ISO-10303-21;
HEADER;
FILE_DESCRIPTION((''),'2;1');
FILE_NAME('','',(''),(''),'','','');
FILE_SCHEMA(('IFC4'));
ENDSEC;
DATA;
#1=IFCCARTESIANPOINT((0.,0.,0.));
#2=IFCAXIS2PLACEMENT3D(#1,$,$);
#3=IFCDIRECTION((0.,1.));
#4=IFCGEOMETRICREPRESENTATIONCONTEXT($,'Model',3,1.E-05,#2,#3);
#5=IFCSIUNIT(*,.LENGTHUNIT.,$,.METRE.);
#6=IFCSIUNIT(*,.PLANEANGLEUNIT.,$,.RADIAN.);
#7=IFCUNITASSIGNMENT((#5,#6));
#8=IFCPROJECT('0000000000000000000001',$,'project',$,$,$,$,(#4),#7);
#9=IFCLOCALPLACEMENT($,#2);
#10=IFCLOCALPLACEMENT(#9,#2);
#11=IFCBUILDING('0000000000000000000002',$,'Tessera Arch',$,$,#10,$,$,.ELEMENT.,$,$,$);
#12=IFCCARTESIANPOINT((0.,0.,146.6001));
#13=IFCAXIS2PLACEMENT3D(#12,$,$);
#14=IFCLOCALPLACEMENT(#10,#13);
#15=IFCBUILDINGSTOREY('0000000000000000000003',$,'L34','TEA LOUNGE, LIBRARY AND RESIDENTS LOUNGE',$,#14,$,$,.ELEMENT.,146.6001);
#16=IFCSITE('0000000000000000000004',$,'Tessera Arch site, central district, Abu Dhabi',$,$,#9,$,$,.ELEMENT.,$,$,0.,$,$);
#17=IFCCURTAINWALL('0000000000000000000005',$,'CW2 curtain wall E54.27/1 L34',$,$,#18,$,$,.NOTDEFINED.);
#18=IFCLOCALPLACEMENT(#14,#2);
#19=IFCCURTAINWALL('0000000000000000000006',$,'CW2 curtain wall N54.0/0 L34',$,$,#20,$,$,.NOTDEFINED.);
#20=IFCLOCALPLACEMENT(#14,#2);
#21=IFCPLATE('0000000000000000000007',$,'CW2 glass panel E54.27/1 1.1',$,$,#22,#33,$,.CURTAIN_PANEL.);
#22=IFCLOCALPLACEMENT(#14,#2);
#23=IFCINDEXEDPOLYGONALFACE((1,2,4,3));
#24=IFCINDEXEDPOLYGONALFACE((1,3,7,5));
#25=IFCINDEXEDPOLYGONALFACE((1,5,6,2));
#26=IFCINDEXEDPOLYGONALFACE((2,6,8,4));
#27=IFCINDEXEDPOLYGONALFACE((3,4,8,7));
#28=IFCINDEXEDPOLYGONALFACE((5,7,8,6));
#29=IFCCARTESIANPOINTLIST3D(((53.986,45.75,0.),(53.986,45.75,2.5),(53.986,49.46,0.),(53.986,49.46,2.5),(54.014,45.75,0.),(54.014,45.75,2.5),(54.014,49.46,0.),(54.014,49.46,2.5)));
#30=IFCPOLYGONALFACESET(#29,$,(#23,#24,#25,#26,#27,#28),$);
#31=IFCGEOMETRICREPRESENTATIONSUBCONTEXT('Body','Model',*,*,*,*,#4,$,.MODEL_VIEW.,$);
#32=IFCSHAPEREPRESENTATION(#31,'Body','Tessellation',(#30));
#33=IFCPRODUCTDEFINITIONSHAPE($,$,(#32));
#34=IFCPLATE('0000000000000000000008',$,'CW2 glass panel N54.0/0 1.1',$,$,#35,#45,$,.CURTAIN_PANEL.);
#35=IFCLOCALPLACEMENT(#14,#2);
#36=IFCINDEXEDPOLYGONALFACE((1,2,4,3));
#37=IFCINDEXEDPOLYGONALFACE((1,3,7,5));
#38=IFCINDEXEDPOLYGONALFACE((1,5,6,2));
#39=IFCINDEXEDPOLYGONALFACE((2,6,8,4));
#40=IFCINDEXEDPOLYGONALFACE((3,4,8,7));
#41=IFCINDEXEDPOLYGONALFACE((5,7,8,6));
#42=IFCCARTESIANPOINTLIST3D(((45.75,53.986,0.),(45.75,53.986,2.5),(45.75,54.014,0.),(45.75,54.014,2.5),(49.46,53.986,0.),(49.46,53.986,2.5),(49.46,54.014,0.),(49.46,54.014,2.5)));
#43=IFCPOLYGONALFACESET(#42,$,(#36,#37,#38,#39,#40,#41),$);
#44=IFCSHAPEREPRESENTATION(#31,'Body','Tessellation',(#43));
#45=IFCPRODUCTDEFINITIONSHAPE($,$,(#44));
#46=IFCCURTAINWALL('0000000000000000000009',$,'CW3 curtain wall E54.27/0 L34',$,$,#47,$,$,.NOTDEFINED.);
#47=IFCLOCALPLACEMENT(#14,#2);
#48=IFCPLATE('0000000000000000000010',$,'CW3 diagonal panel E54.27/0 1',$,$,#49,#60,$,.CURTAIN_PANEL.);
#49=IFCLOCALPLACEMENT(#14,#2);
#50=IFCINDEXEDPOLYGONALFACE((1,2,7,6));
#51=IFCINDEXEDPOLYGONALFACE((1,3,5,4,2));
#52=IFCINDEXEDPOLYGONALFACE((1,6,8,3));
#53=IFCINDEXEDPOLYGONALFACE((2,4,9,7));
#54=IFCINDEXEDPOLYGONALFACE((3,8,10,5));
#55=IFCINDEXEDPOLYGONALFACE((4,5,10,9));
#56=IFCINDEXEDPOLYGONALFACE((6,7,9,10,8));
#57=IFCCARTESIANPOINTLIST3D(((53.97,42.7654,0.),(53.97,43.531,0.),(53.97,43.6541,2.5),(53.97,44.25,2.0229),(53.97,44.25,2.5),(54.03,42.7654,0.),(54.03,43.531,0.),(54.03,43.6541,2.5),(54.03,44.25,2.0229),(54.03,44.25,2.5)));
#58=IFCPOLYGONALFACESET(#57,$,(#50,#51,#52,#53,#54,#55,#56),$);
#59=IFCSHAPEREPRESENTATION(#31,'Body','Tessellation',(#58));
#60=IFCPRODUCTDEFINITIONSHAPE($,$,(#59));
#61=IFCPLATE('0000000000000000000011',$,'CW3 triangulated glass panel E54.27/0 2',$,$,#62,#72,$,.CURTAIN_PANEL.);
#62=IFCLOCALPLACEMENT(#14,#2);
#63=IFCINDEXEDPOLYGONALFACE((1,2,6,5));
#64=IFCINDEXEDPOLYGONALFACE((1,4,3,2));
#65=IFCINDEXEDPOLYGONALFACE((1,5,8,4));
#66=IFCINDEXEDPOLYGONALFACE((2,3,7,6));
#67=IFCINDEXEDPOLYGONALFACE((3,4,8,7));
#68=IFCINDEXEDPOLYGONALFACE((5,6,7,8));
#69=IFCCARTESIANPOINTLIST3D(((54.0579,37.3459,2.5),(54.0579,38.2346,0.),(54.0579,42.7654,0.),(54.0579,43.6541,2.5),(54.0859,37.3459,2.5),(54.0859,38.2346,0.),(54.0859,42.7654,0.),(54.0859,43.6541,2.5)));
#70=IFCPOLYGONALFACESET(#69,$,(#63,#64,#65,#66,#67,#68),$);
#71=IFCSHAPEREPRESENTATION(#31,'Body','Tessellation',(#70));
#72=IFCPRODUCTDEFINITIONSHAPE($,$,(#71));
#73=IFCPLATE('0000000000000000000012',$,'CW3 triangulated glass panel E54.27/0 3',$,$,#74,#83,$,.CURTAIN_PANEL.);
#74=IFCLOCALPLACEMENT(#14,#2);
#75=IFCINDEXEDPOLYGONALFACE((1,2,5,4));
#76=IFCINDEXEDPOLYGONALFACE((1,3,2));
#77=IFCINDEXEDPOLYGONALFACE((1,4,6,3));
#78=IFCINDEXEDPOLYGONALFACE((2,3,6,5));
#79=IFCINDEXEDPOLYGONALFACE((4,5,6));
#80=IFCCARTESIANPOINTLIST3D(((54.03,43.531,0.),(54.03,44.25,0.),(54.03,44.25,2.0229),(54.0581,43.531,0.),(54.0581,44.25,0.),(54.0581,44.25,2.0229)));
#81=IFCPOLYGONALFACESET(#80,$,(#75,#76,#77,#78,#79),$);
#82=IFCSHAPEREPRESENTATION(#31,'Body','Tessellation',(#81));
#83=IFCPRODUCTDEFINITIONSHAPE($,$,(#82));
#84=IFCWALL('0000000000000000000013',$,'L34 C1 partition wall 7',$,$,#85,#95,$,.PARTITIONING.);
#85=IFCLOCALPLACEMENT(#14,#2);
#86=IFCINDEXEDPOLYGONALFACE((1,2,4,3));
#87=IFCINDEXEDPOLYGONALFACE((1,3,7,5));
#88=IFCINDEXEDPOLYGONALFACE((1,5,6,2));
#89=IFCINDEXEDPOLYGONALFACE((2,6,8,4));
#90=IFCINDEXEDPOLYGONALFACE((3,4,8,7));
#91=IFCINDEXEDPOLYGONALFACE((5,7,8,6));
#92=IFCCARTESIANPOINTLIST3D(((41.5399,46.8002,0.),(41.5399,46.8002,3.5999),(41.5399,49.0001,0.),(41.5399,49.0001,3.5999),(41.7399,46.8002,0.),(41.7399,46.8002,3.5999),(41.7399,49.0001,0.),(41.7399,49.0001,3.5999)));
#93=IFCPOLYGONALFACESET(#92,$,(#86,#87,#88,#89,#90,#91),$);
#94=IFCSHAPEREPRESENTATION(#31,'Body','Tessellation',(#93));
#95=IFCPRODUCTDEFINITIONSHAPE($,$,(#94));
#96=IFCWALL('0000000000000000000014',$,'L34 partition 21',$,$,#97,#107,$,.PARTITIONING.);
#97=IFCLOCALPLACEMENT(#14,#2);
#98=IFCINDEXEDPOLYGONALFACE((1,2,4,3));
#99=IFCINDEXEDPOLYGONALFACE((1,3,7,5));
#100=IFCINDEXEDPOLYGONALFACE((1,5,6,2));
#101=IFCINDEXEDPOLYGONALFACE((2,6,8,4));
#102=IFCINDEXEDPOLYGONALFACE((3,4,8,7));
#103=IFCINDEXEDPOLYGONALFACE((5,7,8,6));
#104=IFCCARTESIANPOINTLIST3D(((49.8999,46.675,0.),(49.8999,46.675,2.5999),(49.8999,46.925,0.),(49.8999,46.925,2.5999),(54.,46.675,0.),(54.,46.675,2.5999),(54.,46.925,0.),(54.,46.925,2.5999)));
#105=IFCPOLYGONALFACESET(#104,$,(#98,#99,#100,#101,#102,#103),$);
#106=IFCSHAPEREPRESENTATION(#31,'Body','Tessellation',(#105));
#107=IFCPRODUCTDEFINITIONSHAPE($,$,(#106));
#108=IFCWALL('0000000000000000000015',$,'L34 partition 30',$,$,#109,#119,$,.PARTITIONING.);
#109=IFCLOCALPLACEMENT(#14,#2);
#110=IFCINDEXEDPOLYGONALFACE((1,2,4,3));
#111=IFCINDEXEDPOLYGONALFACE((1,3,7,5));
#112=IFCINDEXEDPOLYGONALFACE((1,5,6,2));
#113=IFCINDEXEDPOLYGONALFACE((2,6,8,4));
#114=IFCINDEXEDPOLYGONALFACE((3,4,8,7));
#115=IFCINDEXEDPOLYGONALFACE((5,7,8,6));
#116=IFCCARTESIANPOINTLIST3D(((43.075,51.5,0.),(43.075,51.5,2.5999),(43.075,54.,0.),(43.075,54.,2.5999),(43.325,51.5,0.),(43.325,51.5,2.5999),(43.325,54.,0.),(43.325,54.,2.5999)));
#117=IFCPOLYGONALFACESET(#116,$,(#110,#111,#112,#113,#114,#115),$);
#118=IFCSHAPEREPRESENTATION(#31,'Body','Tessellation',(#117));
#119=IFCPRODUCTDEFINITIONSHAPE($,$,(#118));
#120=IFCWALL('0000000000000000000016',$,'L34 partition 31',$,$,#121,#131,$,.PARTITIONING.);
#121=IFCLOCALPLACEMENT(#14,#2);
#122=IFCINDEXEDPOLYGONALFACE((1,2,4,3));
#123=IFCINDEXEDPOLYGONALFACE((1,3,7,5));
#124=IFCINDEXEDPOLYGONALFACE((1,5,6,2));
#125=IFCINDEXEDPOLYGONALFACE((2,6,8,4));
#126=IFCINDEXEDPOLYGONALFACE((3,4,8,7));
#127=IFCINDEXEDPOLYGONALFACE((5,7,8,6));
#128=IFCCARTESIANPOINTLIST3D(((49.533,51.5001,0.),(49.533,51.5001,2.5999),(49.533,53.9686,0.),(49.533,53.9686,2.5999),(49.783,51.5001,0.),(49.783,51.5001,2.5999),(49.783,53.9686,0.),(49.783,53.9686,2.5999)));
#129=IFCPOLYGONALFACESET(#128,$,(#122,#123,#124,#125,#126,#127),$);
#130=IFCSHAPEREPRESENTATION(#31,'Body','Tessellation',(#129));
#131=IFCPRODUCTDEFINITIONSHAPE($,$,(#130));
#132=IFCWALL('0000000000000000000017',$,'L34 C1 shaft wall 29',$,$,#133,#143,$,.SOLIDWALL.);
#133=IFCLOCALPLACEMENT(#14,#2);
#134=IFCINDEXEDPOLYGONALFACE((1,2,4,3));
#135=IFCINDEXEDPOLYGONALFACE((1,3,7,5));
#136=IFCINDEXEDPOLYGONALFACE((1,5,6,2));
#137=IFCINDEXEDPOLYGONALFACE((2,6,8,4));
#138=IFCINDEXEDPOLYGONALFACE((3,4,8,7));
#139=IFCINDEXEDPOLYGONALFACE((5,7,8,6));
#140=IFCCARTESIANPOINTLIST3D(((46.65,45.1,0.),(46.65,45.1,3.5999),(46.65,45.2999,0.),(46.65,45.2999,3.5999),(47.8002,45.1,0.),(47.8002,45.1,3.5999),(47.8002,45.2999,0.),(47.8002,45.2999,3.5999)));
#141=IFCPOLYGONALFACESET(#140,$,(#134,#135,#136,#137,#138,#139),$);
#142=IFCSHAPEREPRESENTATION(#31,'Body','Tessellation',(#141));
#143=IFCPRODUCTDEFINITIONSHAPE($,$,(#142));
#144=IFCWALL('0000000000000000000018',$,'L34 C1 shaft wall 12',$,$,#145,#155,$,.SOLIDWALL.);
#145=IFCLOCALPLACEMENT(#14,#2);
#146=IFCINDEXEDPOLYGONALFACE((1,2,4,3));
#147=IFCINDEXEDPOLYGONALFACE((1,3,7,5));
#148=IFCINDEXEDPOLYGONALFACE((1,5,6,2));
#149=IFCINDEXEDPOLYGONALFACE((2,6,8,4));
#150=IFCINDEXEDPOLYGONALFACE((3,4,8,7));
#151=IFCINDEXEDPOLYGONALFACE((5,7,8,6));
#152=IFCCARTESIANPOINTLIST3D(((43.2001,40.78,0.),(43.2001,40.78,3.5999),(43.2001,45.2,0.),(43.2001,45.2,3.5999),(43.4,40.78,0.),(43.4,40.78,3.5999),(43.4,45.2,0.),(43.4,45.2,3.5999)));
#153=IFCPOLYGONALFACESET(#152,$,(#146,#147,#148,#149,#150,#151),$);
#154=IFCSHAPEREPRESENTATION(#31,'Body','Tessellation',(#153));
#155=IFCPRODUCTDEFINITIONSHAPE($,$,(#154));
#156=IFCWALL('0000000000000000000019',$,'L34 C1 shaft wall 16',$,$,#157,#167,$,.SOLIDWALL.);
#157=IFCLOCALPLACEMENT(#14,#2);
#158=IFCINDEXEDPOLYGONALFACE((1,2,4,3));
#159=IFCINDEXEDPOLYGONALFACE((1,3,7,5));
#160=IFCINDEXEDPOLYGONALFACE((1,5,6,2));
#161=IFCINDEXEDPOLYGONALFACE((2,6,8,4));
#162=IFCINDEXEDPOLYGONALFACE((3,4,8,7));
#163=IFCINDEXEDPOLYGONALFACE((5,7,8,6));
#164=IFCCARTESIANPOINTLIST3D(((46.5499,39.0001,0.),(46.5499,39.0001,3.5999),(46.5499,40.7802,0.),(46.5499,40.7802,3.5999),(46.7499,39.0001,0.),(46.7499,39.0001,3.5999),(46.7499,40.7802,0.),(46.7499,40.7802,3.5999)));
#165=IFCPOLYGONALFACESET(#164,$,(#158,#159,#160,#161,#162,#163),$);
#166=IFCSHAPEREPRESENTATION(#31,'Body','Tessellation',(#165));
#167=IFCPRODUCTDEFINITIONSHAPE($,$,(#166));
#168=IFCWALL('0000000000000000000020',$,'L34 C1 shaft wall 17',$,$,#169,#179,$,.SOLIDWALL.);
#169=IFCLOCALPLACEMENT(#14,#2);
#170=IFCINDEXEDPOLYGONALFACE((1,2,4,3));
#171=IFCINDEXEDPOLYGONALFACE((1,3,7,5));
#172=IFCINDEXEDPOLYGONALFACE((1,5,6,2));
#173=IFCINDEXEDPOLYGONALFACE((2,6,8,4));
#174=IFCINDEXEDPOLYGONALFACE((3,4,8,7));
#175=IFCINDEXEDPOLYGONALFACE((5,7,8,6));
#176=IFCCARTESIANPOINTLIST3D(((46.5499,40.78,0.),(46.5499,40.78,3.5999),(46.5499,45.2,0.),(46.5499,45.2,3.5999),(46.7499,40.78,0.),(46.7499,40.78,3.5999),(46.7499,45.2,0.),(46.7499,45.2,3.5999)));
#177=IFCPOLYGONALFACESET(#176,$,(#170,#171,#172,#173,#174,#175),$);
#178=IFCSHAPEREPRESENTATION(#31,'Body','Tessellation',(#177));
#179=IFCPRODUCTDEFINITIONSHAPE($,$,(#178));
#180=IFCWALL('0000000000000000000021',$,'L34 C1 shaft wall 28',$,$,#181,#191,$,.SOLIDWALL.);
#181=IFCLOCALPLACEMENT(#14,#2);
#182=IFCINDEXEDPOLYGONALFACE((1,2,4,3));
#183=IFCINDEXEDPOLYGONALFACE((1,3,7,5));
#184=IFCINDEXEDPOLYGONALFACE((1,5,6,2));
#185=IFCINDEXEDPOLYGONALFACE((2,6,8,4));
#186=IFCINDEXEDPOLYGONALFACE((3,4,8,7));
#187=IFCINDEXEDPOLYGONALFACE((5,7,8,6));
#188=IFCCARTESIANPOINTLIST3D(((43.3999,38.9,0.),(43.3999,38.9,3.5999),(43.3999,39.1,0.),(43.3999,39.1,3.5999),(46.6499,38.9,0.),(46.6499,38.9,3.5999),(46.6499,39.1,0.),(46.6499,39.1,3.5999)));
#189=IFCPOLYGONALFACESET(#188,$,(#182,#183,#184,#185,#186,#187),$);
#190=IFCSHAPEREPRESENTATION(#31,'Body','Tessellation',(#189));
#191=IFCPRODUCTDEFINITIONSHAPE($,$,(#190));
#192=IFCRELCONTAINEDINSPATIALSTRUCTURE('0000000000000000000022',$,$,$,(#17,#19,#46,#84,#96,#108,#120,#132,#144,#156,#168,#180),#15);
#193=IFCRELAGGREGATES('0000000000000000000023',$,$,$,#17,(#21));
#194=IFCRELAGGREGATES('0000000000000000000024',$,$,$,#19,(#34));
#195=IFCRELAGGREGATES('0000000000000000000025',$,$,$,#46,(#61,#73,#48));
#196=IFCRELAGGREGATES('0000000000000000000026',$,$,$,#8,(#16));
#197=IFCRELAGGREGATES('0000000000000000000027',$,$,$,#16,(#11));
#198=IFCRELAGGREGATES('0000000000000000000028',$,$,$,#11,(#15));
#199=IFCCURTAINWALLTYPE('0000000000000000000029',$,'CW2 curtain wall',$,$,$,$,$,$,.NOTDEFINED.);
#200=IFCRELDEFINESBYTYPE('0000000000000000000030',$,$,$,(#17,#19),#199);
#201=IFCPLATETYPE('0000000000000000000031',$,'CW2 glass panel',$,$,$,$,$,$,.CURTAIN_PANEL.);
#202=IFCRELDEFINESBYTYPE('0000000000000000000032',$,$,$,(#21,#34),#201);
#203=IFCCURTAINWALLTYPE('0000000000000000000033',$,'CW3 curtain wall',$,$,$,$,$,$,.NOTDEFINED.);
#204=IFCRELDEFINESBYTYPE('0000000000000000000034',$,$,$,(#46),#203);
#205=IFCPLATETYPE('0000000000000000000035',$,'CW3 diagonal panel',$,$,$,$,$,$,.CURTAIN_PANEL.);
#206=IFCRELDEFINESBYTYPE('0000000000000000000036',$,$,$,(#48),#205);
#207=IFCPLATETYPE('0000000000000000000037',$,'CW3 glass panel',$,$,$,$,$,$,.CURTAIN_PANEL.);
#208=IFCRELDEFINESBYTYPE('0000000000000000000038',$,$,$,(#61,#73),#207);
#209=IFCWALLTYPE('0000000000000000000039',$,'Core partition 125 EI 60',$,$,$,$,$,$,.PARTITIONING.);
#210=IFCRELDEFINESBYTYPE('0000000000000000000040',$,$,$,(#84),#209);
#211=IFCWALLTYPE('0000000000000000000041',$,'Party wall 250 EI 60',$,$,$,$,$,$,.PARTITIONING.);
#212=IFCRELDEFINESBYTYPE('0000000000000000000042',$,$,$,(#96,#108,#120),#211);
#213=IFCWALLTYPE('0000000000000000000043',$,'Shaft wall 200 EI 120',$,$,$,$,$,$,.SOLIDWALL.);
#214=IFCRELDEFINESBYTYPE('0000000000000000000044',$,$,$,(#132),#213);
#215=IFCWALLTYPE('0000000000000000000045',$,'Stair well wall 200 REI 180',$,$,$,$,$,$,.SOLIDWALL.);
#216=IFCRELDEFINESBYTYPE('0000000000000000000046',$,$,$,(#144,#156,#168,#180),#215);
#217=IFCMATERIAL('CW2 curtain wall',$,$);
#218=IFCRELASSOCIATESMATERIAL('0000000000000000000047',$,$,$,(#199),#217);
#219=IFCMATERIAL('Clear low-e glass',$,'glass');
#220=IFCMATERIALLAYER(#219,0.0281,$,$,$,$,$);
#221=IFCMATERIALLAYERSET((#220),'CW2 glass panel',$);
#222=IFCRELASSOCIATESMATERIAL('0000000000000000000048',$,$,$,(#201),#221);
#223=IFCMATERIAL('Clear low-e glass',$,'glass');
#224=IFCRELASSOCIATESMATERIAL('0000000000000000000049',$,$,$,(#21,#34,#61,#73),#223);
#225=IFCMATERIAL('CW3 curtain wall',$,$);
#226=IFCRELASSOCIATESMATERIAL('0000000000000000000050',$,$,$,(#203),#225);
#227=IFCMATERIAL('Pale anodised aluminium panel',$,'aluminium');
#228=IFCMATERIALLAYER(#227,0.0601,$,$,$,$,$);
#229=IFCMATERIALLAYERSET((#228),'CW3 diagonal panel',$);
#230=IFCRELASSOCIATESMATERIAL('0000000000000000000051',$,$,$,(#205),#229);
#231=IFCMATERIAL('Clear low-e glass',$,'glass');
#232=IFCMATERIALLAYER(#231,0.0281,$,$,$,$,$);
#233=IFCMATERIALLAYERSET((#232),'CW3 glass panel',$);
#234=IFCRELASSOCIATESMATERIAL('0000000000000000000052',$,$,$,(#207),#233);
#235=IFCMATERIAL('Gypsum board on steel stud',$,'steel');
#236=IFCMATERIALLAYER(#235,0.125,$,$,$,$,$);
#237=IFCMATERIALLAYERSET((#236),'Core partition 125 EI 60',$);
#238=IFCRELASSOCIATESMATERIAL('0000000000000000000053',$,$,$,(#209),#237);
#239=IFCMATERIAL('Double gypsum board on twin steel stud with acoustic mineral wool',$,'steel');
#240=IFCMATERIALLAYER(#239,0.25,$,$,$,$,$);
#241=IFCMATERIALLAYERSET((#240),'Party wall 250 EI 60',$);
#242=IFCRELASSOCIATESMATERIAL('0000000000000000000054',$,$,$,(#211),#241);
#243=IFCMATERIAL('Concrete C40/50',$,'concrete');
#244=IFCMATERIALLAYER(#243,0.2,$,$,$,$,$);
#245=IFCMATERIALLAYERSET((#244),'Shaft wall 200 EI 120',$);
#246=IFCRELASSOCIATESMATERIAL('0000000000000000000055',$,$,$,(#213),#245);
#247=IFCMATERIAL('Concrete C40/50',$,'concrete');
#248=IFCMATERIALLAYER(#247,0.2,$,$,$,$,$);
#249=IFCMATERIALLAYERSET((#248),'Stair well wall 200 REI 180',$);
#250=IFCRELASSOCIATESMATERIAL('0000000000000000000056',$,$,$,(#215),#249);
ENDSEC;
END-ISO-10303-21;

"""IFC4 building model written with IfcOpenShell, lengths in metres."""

from ifc_helpers import new_model, si_unit, direction, frame, frame_2d, origin, origin_2d, place, context, subcontext, project, spatial, polyline, rectangle, outline, extrude, material, layer, layer_set, type_object, element, aggregate, save


model = new_model("IFC4")

# Units and contexts
model_context = context("Model", 3, precision=1e-05, world=origin(), true_north=direction((0.0, 1.0)))
body_context = subcontext(model_context, "Body", "Model", "MODEL_VIEW")
ifc_project = project(units=[si_unit("LENGTHUNIT", "METRE"), si_unit("PLANEANGLEUNIT", "RADIAN")], contexts=[model_context])

# Site, building, storey
site_placement = place(None, origin())
site = spatial("IfcSite", under=ifc_project, at=site_placement, Name="Tessera Arch site, central district, Abu Dhabi", CompositionType="ELEMENT", RefElevation=0.0)
building_placement = place(site_placement, origin())
building = spatial("IfcBuilding", under=site, at=building_placement, Name="Tessera Arch", CompositionType="ELEMENT")
storey_placement = place(building_placement, frame((0.0, 0.0, 146.6001)))
storey = spatial("IfcBuildingStorey", under=building, at=storey_placement, Name="L34", Description="TEA LOUNGE, LIBRARY AND RESIDENTS LOUNGE", CompositionType="ELEMENT", Elevation=146.6001)

# Curtain walls
ifc_material_1 = material(Name="CW2 curtain wall")
curtain_wall_type_1 = type_object("IfcCurtainWallType", Name="CW2 curtain wall", PredefinedType="NOTDEFINED", material=ifc_material_1)
curtain_wall_1_placement = place(storey_placement, origin())
curtain_wall_1 = element("IfcCurtainWall", 1, at=curtain_wall_1_placement, inside=storey, type_object=curtain_wall_type_1, Name="CW2 curtain wall E54.27/1 L34", PredefinedType="NOTDEFINED")
curtain_wall_2_placement = place(storey_placement, origin())
curtain_wall_2 = element("IfcCurtainWall", 2, at=curtain_wall_2_placement, inside=storey, type_object=curtain_wall_type_1, Name="CW2 curtain wall N54.0/0 L34", PredefinedType="NOTDEFINED")

# Plates
ifc_material_2 = material(Name="Clear low-e glass", Category="glass")
ifc_material_3 = material(Name="Clear low-e glass", Category="glass")
ifc_layer_1 = layer(ifc_material_3, 0.0281)
ifc_layer_set_1 = layer_set([ifc_layer_1], Name="CW2 glass panel")
plate_type_1 = type_object("IfcPlateType", Name="CW2 glass panel", PredefinedType="CURTAIN_PANEL", material=ifc_layer_set_1)
plate_1_placement = place(storey_placement, frame((54.0, 47.605, 0.0), z_axis=(0.0, 0.0, 1.0), x_axis=(0.0, 1.0, 0.0)))
plate_1 = element("IfcPlate", 3, at=plate_1_placement, type_object=plate_type_1, material=ifc_material_2, Name="CW2 glass panel E54.27/1 1.1", PredefinedType="CURTAIN_PANEL", context=body_context, shape_type="SweptSolid", body=[
    extrude(rectangle(XDim=3.71, YDim=0.0281, at=origin_2d()), origin(), (0.0, 0.0, 1.0), 2.5),
])
aggregate(curtain_wall_1, [plate_1])
plate_2_placement = place(storey_placement, frame((47.605, 54.0, 0.0), z_axis=(0.0, 0.0, 1.0), x_axis=(-1.0, 0.0, 0.0)))
plate_2 = element("IfcPlate", 4, at=plate_2_placement, type_object=plate_type_1, material=ifc_material_2, Name="CW2 glass panel N54.0/0 1.1", PredefinedType="CURTAIN_PANEL", context=body_context, shape_type="SweptSolid", body=[
    extrude(rectangle(XDim=3.71, YDim=0.0281, at=origin_2d()), origin(), (0.0, 0.0, 1.0), 2.5),
])
aggregate(curtain_wall_2, [plate_2])

# Curtain wall, plates
ifc_material_4 = material(Name="CW3 curtain wall")
curtain_wall_type_2 = type_object("IfcCurtainWallType", Name="CW3 curtain wall", PredefinedType="NOTDEFINED", material=ifc_material_4)
curtain_wall_3_placement = place(storey_placement, origin())
curtain_wall_3 = element("IfcCurtainWall", 5, at=curtain_wall_3_placement, inside=storey, type_object=curtain_wall_type_2, Name="CW3 curtain wall E54.27/0 L34", PredefinedType="NOTDEFINED")
ifc_material_5 = material(Name="Pale anodised aluminium panel", Category="aluminium")
ifc_layer_2 = layer(ifc_material_5, 0.0601)
ifc_layer_set_2 = layer_set([ifc_layer_2], Name="CW3 diagonal panel")
plate_type_2 = type_object("IfcPlateType", Name="CW3 diagonal panel", PredefinedType="CURTAIN_PANEL", material=ifc_layer_set_2)
plate_3_placement = place(storey_placement, frame((54.03, 44.25, 2.5), z_axis=(1.0, 0.0, 0.0), x_axis=(0.0, -1.0, 0.0)))
plate_3 = element("IfcPlate", 6, at=plate_3_placement, type_object=plate_type_2, Name="CW3 diagonal panel E54.27/0 1", PredefinedType="CURTAIN_PANEL", context=body_context, shape_type="SweptSolid", body=[
    extrude(outline(polyline([(0.0, 0.0), (0.5959, 0.0), (1.4846, 2.5), (0.719, 2.5), (0.0, 0.4771), (0.0, 0.0)])), origin(), (0.0, 0.0, -1.0), 0.0601),
])
ifc_material_6 = material(Name="Clear low-e glass", Category="glass")
ifc_layer_3 = layer(ifc_material_6, 0.0281)
ifc_layer_set_3 = layer_set([ifc_layer_3], Name="CW3 glass panel")
plate_type_3 = type_object("IfcPlateType", Name="CW3 glass panel", PredefinedType="CURTAIN_PANEL", material=ifc_layer_set_3)
plate_4_placement = place(storey_placement, frame((54.0859, 43.6541, 2.5), z_axis=(1.0, 0.0, 0.0), x_axis=(0.0, -1.0, 0.0)))
plate_4 = element("IfcPlate", 7, at=plate_4_placement, type_object=plate_type_3, material=ifc_material_2, Name="CW3 triangulated glass panel E54.27/0 2", PredefinedType="CURTAIN_PANEL", context=body_context, shape_type="SweptSolid", body=[
    extrude(outline(polyline([(0.0, 0.0), (6.3081, 0.0), (5.4194, 2.5), (0.8887, 2.5), (0.0, 0.0)])), origin(), (0.0, 0.0, -1.0), 0.0281),
])
plate_5_placement = place(storey_placement, frame((54.0581, 44.25, 0.0), z_axis=(1.0, 0.0, 0.0), x_axis=(0.0, 0.0, 1.0)))
plate_5 = element("IfcPlate", 8, at=plate_5_placement, type_object=plate_type_3, material=ifc_material_2, Name="CW3 triangulated glass panel E54.27/0 3", PredefinedType="CURTAIN_PANEL", context=body_context, shape_type="SweptSolid", body=[
    extrude(outline(polyline([(0.0, 0.0), (2.0229, 0.0), (0.0, 0.719), (0.0, 0.0)])), origin(), (0.0, 0.0, -1.0), 0.0281),
])
aggregate(curtain_wall_3, [plate_4, plate_5, plate_3])

# Walls
ifc_material_7 = material(Name="Gypsum board on steel stud", Category="steel")
ifc_layer_4 = layer(ifc_material_7, 0.125)
ifc_layer_set_4 = layer_set([ifc_layer_4], Name="Core partition 125 EI 60")
wall_type_1 = type_object("IfcWallType", Name="Core partition 125 EI 60", PredefinedType="PARTITIONING", material=ifc_layer_set_4)
wall_1_placement = place(storey_placement, frame((41.6399, 46.8, 0.0), z_axis=(0.0, 0.0, 1.0), x_axis=(0.0, 1.0, 0.0)))
element("IfcWall", 9, at=wall_1_placement, inside=storey, type_object=wall_type_1, Name="L34 C1 partition wall 7", PredefinedType="PARTITIONING", context=body_context, shape_type="SweptSolid", body=[
    extrude(rectangle(XDim=2.2, YDim=0.2, at=frame_2d((1.1001, 0.0))), origin(), (0.0, 0.0, 1.0), 3.5999),
])
ifc_material_8 = material(Name="Double gypsum board on twin steel stud with acoustic mineral wool", Category="steel")
ifc_layer_5 = layer(ifc_material_8, 0.25)
ifc_layer_set_5 = layer_set([ifc_layer_5], Name="Party wall 250 EI 60")
wall_type_2 = type_object("IfcWallType", Name="Party wall 250 EI 60", PredefinedType="PARTITIONING", material=ifc_layer_set_5)
wall_2_placement = place(storey_placement, frame((49.8999, 46.8, 0.0), z_axis=(0.0, 0.0, 1.0), x_axis=(1.0, 0.0, 0.0)))
element("IfcWall", 10, at=wall_2_placement, inside=storey, type_object=wall_type_2, Name="L34 partition 21", PredefinedType="PARTITIONING", context=body_context, shape_type="SweptSolid", body=[
    extrude(rectangle(XDim=4.1001, YDim=0.25, at=frame_2d((2.05, 0.0))), origin(), (0.0, 0.0, 1.0), 2.5999),
])
wall_3_placement = place(storey_placement, frame((43.2, 51.5, 0.0), z_axis=(0.0, 0.0, 1.0), x_axis=(0.0, 1.0, 0.0)))
element("IfcWall", 11, at=wall_3_placement, inside=storey, type_object=wall_type_2, Name="L34 partition 30", PredefinedType="PARTITIONING", context=body_context, shape_type="SweptSolid", body=[
    extrude(rectangle(XDim=2.5, YDim=0.25, at=frame_2d((1.25, 0.0))), origin(), (0.0, 0.0, 1.0), 2.5999),
])
wall_4_placement = place(storey_placement, frame((49.658, 51.5, 0.0), z_axis=(0.0, 0.0, 1.0), x_axis=(0.0, 1.0, 0.0)))
element("IfcWall", 12, at=wall_4_placement, inside=storey, type_object=wall_type_2, Name="L34 partition 31", PredefinedType="PARTITIONING", context=body_context, shape_type="SweptSolid", body=[
    extrude(rectangle(XDim=2.4685, YDim=0.25, at=frame_2d((1.2344, 0.0))), origin(), (0.0, 0.0, 1.0), 2.5999),
])
ifc_material_9 = material(Name="Concrete C40/50", Category="concrete")
ifc_layer_6 = layer(ifc_material_9, 0.2)
ifc_layer_set_6 = layer_set([ifc_layer_6], Name="Shaft wall 200 EI 120")
wall_type_3 = type_object("IfcWallType", Name="Shaft wall 200 EI 120", PredefinedType="SOLIDWALL", material=ifc_layer_set_6)
wall_5_placement = place(storey_placement, frame((46.6499, 45.2, 0.0), z_axis=(0.0, 0.0, 1.0), x_axis=(1.0, 0.0, 0.0)))
element("IfcWall", 13, at=wall_5_placement, inside=storey, type_object=wall_type_3, Name="L34 C1 shaft wall 29", PredefinedType="SOLIDWALL", context=body_context, shape_type="SweptSolid", body=[
    extrude(rectangle(XDim=1.1501, YDim=0.2, at=frame_2d((0.5752, 0.0))), origin(), (0.0, 0.0, 1.0), 3.5999),
])
ifc_material_10 = material(Name="Concrete C40/50", Category="concrete")
ifc_layer_7 = layer(ifc_material_10, 0.2)
ifc_layer_set_7 = layer_set([ifc_layer_7], Name="Stair well wall 200 REI 180")
wall_type_4 = type_object("IfcWallType", Name="Stair well wall 200 REI 180", PredefinedType="SOLIDWALL", material=ifc_layer_set_7)
wall_6_placement = place(storey_placement, frame((43.3, 40.78, 0.0), z_axis=(0.0, 0.0, 1.0), x_axis=(0.0, 1.0, 0.0)))
element("IfcWall", 14, at=wall_6_placement, inside=storey, type_object=wall_type_4, Name="L34 C1 shaft wall 12", PredefinedType="SOLIDWALL", context=body_context, shape_type="SweptSolid", body=[
    extrude(rectangle(XDim=4.4199, YDim=0.2, at=frame_2d((2.21, 0.0))), origin(), (0.0, 0.0, 1.0), 3.5999),
])
wall_7_placement = place(storey_placement, frame((46.6499, 39.0, 0.0), z_axis=(0.0, 0.0, 1.0), x_axis=(0.0, 1.0, 0.0)))
element("IfcWall", 15, at=wall_7_placement, inside=storey, type_object=wall_type_4, Name="L34 C1 shaft wall 16", PredefinedType="SOLIDWALL", context=body_context, shape_type="SweptSolid", body=[
    extrude(rectangle(XDim=1.78, YDim=0.2, at=frame_2d((0.8901, 0.0))), origin(), (0.0, 0.0, 1.0), 3.5999),
])
wall_8_placement = place(storey_placement, frame((46.6499, 40.78, 0.0), z_axis=(0.0, 0.0, 1.0), x_axis=(0.0, 1.0, 0.0)))
element("IfcWall", 16, at=wall_8_placement, inside=storey, type_object=wall_type_4, Name="L34 C1 shaft wall 17", PredefinedType="SOLIDWALL", context=body_context, shape_type="SweptSolid", body=[
    extrude(rectangle(XDim=4.4199, YDim=0.2, at=frame_2d((2.21, 0.0))), origin(), (0.0, 0.0, 1.0), 3.5999),
])
wall_9_placement = place(storey_placement, frame((43.3999, 39.0, 0.0), z_axis=(0.0, 0.0, 1.0), x_axis=(1.0, 0.0, 0.0)))
element("IfcWall", 17, at=wall_9_placement, inside=storey, type_object=wall_type_4, Name="L34 C1 shaft wall 28", PredefinedType="SOLIDWALL", context=body_context, shape_type="SweptSolid", body=[
    extrude(rectangle(XDim=3.25, YDim=0.2, at=frame_2d((1.625, 0.0))), origin(), (0.0, 0.0, 1.0), 3.5999),
])

save(model, "model.ifc")
